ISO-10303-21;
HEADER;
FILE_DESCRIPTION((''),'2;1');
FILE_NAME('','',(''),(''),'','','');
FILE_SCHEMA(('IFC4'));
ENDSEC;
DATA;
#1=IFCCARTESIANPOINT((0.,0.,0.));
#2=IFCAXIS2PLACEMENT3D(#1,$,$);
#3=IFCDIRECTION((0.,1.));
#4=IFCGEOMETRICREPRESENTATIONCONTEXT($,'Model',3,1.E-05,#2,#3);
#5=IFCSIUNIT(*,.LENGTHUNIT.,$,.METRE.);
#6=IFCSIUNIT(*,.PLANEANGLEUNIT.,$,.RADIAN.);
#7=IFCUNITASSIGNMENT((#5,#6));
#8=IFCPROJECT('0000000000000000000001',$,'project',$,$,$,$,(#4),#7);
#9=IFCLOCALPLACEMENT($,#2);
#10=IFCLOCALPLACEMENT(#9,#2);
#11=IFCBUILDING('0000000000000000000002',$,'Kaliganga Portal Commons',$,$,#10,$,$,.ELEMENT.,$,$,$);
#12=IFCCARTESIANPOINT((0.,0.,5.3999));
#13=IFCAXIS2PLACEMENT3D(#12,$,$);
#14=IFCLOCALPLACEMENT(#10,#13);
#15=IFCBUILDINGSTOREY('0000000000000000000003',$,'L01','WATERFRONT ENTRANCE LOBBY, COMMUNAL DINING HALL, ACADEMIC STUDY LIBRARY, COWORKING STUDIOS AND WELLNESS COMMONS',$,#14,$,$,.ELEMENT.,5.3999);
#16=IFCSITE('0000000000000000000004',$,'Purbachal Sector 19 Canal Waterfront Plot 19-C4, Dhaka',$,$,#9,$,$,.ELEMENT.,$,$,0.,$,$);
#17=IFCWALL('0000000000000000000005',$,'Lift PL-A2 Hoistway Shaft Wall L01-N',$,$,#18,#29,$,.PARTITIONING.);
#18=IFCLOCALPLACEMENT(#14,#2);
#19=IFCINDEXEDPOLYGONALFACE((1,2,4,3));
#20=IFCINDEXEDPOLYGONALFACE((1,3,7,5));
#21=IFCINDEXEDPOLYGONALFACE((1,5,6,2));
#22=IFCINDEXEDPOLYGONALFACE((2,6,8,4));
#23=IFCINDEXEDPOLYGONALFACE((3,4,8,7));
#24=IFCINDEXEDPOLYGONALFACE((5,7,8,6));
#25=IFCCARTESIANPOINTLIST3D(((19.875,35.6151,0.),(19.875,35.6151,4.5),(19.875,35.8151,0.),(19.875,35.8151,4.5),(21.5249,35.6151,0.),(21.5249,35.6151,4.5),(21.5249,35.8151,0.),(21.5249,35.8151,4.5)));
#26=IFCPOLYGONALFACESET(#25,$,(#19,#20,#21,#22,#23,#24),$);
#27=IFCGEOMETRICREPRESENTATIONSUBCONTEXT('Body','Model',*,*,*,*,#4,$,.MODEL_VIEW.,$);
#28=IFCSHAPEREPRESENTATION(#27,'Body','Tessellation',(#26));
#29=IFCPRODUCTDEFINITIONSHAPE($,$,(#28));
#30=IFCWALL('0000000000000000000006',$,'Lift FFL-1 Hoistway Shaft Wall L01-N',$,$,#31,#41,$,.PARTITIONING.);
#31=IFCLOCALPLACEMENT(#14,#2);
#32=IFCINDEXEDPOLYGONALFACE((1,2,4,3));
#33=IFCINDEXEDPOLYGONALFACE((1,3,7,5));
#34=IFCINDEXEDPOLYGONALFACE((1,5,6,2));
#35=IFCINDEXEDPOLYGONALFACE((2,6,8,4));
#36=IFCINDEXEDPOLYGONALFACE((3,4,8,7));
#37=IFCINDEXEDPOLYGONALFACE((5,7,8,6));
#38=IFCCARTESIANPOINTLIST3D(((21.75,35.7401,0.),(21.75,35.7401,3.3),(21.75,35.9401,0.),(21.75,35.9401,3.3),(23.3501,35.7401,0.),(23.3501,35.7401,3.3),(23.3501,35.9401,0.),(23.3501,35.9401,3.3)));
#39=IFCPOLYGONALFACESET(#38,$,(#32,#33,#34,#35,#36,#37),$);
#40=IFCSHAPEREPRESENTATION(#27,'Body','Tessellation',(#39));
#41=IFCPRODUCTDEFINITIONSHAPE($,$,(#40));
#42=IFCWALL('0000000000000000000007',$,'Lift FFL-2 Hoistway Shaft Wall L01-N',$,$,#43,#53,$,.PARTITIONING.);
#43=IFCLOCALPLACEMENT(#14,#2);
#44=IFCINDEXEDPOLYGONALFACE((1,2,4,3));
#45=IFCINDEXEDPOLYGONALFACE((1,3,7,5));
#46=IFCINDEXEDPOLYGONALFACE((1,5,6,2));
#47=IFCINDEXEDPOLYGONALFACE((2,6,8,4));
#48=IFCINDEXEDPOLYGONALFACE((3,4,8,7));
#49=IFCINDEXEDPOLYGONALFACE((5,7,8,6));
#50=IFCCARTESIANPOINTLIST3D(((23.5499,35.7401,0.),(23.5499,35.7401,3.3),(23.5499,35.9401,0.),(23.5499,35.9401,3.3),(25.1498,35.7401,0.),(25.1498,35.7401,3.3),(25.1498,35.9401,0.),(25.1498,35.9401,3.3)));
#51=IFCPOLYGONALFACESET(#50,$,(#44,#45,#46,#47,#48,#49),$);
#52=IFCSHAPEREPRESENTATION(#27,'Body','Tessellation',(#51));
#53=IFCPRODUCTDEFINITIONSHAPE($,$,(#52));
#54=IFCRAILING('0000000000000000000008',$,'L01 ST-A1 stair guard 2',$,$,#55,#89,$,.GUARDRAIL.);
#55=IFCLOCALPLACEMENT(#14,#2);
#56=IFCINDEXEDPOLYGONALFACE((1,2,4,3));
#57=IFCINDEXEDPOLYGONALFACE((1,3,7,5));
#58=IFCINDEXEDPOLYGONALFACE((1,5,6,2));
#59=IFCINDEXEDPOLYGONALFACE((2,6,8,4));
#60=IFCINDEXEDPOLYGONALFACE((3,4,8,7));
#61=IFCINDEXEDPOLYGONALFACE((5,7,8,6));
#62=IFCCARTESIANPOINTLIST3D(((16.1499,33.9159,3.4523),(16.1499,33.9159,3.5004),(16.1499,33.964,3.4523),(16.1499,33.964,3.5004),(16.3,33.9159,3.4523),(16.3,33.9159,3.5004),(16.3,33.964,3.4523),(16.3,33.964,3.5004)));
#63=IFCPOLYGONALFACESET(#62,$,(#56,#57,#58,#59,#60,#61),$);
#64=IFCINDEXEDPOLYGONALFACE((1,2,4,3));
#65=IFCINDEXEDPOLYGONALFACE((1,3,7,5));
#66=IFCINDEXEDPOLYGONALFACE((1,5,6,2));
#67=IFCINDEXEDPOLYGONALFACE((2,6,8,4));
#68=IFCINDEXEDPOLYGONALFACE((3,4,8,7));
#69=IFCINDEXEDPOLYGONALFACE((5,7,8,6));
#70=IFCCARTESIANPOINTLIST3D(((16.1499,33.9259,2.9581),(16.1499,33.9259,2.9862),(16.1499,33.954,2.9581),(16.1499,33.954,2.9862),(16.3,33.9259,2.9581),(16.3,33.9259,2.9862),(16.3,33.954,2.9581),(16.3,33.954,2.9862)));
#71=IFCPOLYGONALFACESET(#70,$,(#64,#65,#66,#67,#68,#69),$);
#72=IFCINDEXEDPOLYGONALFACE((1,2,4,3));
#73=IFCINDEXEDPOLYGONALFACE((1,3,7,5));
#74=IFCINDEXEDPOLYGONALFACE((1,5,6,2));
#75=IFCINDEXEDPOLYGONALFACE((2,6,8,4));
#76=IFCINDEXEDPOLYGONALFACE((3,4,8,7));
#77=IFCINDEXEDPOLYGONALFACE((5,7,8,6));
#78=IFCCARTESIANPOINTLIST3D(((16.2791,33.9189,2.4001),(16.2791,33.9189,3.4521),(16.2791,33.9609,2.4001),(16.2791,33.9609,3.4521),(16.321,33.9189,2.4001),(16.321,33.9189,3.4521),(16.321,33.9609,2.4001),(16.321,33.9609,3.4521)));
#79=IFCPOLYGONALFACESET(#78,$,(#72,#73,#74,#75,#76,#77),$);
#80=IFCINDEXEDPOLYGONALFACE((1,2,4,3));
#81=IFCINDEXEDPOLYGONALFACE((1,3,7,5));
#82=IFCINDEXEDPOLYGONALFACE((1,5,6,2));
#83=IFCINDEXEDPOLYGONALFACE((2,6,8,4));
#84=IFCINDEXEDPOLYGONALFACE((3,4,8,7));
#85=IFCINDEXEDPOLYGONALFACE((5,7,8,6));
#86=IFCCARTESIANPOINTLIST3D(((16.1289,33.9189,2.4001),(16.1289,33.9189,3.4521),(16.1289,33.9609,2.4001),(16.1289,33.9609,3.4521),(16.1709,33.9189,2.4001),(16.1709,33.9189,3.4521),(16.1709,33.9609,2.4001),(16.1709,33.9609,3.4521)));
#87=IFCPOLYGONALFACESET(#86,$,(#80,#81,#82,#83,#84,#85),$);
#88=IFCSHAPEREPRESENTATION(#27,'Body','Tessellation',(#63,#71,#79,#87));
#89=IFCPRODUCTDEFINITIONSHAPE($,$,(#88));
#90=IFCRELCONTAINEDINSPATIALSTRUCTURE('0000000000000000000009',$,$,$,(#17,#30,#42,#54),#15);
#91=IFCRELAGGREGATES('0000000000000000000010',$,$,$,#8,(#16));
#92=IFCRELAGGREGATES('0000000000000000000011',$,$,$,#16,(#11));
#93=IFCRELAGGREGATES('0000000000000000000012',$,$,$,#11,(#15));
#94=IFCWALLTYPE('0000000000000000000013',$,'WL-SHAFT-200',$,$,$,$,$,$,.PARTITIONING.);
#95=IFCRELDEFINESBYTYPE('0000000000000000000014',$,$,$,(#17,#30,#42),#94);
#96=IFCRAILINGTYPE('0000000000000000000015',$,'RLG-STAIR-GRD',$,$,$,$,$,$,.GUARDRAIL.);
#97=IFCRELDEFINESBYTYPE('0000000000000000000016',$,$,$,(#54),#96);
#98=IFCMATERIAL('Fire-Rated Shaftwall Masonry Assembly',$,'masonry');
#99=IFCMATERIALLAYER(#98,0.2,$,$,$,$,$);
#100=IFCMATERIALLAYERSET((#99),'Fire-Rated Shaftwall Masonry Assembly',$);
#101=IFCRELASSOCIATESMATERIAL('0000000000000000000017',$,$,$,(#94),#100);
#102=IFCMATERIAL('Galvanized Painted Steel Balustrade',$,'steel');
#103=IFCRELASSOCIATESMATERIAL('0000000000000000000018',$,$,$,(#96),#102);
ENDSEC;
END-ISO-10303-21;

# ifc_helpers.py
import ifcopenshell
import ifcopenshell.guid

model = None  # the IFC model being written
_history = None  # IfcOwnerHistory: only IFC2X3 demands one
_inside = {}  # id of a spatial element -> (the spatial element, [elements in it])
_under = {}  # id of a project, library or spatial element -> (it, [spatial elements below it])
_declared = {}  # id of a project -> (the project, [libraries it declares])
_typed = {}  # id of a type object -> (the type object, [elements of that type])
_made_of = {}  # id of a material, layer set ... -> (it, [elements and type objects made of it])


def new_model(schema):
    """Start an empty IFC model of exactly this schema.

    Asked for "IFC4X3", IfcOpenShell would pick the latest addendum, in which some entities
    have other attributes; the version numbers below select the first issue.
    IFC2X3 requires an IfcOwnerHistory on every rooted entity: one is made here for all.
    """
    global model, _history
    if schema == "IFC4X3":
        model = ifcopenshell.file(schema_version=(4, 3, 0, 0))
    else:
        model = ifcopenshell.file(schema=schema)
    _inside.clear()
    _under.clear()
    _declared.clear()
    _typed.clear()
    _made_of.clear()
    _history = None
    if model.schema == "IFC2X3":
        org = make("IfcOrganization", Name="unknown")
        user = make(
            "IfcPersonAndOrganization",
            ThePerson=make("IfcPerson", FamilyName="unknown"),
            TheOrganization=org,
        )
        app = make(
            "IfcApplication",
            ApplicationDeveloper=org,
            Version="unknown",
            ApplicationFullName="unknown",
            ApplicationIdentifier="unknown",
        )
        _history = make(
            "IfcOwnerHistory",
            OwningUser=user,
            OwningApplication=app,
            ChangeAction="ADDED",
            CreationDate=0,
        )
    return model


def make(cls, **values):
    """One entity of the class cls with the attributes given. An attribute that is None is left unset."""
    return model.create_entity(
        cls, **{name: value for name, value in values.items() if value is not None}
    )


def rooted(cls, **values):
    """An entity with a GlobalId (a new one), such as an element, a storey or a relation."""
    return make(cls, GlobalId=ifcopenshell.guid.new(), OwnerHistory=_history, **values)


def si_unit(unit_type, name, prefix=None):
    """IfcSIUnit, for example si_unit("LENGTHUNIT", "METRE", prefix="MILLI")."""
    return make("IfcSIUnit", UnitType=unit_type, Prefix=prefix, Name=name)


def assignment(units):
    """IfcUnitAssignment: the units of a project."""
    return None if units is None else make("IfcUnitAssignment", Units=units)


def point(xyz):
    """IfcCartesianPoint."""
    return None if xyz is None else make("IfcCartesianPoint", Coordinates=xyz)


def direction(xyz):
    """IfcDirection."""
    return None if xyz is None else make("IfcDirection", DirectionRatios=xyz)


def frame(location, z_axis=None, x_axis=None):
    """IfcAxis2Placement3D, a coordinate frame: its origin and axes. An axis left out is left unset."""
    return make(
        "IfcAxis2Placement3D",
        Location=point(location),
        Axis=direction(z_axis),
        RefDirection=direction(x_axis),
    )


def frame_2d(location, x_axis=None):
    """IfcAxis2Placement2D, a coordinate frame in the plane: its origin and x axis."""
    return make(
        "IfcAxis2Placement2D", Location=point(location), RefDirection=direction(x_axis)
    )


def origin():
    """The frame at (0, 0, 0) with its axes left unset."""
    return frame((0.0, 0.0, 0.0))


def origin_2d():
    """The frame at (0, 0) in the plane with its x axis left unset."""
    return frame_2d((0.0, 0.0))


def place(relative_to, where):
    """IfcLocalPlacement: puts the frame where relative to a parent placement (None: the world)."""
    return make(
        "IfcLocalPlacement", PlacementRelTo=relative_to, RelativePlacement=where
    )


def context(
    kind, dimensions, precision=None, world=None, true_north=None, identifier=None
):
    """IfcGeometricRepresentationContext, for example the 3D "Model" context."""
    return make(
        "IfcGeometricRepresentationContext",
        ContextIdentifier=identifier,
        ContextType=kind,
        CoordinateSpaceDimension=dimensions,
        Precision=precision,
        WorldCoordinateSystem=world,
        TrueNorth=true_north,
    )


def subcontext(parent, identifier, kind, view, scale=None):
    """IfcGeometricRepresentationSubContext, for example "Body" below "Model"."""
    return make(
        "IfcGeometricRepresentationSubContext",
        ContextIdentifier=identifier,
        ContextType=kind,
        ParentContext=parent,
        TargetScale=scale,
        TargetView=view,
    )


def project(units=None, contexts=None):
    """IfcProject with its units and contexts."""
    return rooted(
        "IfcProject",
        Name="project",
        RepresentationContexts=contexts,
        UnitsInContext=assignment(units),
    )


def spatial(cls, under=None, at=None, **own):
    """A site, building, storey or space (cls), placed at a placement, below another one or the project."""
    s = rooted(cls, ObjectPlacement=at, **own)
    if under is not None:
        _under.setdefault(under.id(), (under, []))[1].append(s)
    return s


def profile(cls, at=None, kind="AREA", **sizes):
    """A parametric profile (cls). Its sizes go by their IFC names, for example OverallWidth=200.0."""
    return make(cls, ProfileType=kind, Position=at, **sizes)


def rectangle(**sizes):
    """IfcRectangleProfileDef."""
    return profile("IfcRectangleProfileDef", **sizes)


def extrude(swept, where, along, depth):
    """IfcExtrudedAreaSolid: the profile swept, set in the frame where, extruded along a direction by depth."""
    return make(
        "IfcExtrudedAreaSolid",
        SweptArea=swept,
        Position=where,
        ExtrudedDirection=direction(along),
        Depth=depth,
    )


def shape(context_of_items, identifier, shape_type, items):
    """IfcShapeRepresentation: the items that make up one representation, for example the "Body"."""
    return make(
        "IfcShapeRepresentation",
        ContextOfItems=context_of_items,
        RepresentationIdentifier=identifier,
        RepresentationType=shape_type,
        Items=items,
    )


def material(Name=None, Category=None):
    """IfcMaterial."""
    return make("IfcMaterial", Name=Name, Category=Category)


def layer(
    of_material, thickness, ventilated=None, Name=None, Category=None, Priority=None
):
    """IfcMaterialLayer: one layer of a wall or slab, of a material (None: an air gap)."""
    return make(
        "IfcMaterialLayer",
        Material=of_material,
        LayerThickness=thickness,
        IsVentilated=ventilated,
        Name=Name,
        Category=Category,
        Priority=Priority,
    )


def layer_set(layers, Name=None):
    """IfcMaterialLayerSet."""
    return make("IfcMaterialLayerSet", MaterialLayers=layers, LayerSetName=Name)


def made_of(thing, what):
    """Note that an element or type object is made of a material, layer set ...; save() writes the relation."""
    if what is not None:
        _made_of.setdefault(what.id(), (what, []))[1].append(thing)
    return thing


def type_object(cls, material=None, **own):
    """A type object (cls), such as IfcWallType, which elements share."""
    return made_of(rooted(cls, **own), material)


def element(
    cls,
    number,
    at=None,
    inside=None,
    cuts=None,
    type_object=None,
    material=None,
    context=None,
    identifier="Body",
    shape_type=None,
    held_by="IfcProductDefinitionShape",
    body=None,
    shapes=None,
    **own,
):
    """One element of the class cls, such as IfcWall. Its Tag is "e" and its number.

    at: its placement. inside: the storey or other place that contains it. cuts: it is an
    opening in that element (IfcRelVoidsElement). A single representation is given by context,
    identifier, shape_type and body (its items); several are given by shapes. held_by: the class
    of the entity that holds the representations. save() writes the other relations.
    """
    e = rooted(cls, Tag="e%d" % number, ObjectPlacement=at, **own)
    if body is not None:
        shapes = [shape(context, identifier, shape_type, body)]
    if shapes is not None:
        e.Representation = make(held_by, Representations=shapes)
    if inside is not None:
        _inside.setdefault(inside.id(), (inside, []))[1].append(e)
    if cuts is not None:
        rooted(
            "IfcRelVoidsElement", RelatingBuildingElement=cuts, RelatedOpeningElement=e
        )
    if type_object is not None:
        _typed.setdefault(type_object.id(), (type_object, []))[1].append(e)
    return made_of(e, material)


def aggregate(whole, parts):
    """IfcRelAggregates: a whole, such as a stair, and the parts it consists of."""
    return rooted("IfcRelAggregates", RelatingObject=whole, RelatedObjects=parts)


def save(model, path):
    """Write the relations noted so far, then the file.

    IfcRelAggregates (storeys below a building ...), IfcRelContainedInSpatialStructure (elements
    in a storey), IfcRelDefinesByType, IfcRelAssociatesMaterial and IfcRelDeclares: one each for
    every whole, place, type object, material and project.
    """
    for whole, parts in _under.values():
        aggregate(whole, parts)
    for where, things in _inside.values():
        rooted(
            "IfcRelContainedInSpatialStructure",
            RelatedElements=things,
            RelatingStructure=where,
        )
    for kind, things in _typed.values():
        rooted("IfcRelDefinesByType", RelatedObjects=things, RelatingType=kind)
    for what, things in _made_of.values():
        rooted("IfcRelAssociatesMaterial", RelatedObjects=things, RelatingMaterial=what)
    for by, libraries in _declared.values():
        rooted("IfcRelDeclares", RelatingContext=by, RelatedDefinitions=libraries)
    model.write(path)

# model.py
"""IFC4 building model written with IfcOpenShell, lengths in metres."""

from ifc_helpers import new_model, si_unit, direction, frame, frame_2d, origin, origin_2d, place, context, subcontext, project, spatial, rectangle, extrude, material, layer, layer_set, type_object, element, save


model = new_model("IFC4")

# Units and contexts
model_context = context("Model", 3, precision=1e-05, world=origin(), true_north=direction((0.0, 1.0)))
body_context = subcontext(model_context, "Body", "Model", "MODEL_VIEW")
ifc_project = project(units=[si_unit("LENGTHUNIT", "METRE"), si_unit("PLANEANGLEUNIT", "RADIAN")], contexts=[model_context])

# Site, building, storey
site_placement = place(None, origin())
site = spatial("IfcSite", under=ifc_project, at=site_placement, Name="Purbachal Sector 19 Canal Waterfront Plot 19-C4, Dhaka", CompositionType="ELEMENT", RefElevation=0.0)
building_placement = place(site_placement, origin())
building = spatial("IfcBuilding", under=site, at=building_placement, Name="Kaliganga Portal Commons", CompositionType="ELEMENT")
storey_placement = place(building_placement, frame((0.0, 0.0, 5.3999)))
storey = spatial("IfcBuildingStorey", under=building, at=storey_placement, Name="L01", Description="WATERFRONT ENTRANCE LOBBY, COMMUNAL DINING HALL, ACADEMIC STUDY LIBRARY, COWORKING STUDIOS AND WELLNESS COMMONS", CompositionType="ELEMENT", Elevation=5.3999)

# Walls
ifc_material_1 = material(Name="Fire-Rated Shaftwall Masonry Assembly", Category="masonry")
ifc_layer_1 = layer(ifc_material_1, 0.2)
ifc_layer_set_1 = layer_set([ifc_layer_1], Name="Fire-Rated Shaftwall Masonry Assembly")
wall_type_1 = type_object("IfcWallType", Name="WL-SHAFT-200", PredefinedType="PARTITIONING", material=ifc_layer_set_1)
wall_1_placement = place(storey_placement, frame((19.875, 35.7151, 0.0), z_axis=(0.0, 0.0, 1.0), x_axis=(1.0, 0.0, 0.0)))
element("IfcWall", 1, at=wall_1_placement, inside=storey, type_object=wall_type_1, Name="Lift PL-A2 Hoistway Shaft Wall L01-N", PredefinedType="PARTITIONING", context=body_context, shape_type="SweptSolid", body=[
    extrude(rectangle(XDim=1.6499, YDim=0.2, at=frame_2d((0.825, 0.0))), origin(), (0.0, 0.0, 1.0), 4.5),
])
wall_2_placement = place(storey_placement, frame((21.75, 35.8401, 0.0), z_axis=(0.0, 0.0, 1.0), x_axis=(1.0, 0.0, 0.0)))
element("IfcWall", 2, at=wall_2_placement, inside=storey, type_object=wall_type_1, Name="Lift FFL-1 Hoistway Shaft Wall L01-N", PredefinedType="PARTITIONING", context=body_context, shape_type="SweptSolid", body=[
    extrude(rectangle(XDim=1.6001, YDim=0.2, at=frame_2d((0.8, 0.0))), origin(), (0.0, 0.0, 1.0), 3.3),
])
wall_3_placement = place(storey_placement, frame((23.55, 35.8401, 0.0), z_axis=(0.0, 0.0, 1.0), x_axis=(1.0, 0.0, 0.0)))
element("IfcWall", 3, at=wall_3_placement, inside=storey, type_object=wall_type_1, Name="Lift FFL-2 Hoistway Shaft Wall L01-N", PredefinedType="PARTITIONING", context=body_context, shape_type="SweptSolid", body=[
    extrude(rectangle(XDim=1.5999, YDim=0.2, at=frame_2d((0.7998, 0.0))), origin(), (0.0, 0.0, 1.0), 3.3),
])

# Railing
ifc_material_2 = material(Name="Galvanized Painted Steel Balustrade", Category="steel")
railing_type = type_object("IfcRailingType", Name="RLG-STAIR-GRD", PredefinedType="GUARDRAIL", material=ifc_material_2)
railing_placement = place(storey_placement, frame((16.3, 33.9399, 2.4001)))
element("IfcRailing", 4, at=railing_placement, inside=storey, type_object=railing_type, Name="L01 ST-A1 stair guard 2", PredefinedType="GUARDRAIL", context=body_context, shape_type="SweptSolid", body=[
    extrude(rectangle(XDim=0.0481, YDim=0.0481, at=origin_2d()), frame((0.0, 0.0, 1.0762), z_axis=(-1.0, 0.0, 0.0), x_axis=(0.0, -1.0, 0.0)), (0.0, 0.0, 1.0), 0.1501),
    extrude(rectangle(XDim=0.0281, YDim=0.0281, at=origin_2d()), frame((0.0, 0.0, 0.572), z_axis=(-1.0, 0.0, 0.0), x_axis=(0.0, -1.0, 0.0)), (0.0, 0.0, 1.0), 0.1501),
    extrude(rectangle(XDim=0.042, YDim=0.042, at=origin_2d()), origin(), (0.0, 0.0, 1.0), 1.052),
    extrude(rectangle(XDim=0.042, YDim=0.042, at=origin_2d()), frame((-0.1501, 0.0, 0.0)), (0.0, 0.0, 1.0), 1.052),
])

save(model, "model.ifc")
